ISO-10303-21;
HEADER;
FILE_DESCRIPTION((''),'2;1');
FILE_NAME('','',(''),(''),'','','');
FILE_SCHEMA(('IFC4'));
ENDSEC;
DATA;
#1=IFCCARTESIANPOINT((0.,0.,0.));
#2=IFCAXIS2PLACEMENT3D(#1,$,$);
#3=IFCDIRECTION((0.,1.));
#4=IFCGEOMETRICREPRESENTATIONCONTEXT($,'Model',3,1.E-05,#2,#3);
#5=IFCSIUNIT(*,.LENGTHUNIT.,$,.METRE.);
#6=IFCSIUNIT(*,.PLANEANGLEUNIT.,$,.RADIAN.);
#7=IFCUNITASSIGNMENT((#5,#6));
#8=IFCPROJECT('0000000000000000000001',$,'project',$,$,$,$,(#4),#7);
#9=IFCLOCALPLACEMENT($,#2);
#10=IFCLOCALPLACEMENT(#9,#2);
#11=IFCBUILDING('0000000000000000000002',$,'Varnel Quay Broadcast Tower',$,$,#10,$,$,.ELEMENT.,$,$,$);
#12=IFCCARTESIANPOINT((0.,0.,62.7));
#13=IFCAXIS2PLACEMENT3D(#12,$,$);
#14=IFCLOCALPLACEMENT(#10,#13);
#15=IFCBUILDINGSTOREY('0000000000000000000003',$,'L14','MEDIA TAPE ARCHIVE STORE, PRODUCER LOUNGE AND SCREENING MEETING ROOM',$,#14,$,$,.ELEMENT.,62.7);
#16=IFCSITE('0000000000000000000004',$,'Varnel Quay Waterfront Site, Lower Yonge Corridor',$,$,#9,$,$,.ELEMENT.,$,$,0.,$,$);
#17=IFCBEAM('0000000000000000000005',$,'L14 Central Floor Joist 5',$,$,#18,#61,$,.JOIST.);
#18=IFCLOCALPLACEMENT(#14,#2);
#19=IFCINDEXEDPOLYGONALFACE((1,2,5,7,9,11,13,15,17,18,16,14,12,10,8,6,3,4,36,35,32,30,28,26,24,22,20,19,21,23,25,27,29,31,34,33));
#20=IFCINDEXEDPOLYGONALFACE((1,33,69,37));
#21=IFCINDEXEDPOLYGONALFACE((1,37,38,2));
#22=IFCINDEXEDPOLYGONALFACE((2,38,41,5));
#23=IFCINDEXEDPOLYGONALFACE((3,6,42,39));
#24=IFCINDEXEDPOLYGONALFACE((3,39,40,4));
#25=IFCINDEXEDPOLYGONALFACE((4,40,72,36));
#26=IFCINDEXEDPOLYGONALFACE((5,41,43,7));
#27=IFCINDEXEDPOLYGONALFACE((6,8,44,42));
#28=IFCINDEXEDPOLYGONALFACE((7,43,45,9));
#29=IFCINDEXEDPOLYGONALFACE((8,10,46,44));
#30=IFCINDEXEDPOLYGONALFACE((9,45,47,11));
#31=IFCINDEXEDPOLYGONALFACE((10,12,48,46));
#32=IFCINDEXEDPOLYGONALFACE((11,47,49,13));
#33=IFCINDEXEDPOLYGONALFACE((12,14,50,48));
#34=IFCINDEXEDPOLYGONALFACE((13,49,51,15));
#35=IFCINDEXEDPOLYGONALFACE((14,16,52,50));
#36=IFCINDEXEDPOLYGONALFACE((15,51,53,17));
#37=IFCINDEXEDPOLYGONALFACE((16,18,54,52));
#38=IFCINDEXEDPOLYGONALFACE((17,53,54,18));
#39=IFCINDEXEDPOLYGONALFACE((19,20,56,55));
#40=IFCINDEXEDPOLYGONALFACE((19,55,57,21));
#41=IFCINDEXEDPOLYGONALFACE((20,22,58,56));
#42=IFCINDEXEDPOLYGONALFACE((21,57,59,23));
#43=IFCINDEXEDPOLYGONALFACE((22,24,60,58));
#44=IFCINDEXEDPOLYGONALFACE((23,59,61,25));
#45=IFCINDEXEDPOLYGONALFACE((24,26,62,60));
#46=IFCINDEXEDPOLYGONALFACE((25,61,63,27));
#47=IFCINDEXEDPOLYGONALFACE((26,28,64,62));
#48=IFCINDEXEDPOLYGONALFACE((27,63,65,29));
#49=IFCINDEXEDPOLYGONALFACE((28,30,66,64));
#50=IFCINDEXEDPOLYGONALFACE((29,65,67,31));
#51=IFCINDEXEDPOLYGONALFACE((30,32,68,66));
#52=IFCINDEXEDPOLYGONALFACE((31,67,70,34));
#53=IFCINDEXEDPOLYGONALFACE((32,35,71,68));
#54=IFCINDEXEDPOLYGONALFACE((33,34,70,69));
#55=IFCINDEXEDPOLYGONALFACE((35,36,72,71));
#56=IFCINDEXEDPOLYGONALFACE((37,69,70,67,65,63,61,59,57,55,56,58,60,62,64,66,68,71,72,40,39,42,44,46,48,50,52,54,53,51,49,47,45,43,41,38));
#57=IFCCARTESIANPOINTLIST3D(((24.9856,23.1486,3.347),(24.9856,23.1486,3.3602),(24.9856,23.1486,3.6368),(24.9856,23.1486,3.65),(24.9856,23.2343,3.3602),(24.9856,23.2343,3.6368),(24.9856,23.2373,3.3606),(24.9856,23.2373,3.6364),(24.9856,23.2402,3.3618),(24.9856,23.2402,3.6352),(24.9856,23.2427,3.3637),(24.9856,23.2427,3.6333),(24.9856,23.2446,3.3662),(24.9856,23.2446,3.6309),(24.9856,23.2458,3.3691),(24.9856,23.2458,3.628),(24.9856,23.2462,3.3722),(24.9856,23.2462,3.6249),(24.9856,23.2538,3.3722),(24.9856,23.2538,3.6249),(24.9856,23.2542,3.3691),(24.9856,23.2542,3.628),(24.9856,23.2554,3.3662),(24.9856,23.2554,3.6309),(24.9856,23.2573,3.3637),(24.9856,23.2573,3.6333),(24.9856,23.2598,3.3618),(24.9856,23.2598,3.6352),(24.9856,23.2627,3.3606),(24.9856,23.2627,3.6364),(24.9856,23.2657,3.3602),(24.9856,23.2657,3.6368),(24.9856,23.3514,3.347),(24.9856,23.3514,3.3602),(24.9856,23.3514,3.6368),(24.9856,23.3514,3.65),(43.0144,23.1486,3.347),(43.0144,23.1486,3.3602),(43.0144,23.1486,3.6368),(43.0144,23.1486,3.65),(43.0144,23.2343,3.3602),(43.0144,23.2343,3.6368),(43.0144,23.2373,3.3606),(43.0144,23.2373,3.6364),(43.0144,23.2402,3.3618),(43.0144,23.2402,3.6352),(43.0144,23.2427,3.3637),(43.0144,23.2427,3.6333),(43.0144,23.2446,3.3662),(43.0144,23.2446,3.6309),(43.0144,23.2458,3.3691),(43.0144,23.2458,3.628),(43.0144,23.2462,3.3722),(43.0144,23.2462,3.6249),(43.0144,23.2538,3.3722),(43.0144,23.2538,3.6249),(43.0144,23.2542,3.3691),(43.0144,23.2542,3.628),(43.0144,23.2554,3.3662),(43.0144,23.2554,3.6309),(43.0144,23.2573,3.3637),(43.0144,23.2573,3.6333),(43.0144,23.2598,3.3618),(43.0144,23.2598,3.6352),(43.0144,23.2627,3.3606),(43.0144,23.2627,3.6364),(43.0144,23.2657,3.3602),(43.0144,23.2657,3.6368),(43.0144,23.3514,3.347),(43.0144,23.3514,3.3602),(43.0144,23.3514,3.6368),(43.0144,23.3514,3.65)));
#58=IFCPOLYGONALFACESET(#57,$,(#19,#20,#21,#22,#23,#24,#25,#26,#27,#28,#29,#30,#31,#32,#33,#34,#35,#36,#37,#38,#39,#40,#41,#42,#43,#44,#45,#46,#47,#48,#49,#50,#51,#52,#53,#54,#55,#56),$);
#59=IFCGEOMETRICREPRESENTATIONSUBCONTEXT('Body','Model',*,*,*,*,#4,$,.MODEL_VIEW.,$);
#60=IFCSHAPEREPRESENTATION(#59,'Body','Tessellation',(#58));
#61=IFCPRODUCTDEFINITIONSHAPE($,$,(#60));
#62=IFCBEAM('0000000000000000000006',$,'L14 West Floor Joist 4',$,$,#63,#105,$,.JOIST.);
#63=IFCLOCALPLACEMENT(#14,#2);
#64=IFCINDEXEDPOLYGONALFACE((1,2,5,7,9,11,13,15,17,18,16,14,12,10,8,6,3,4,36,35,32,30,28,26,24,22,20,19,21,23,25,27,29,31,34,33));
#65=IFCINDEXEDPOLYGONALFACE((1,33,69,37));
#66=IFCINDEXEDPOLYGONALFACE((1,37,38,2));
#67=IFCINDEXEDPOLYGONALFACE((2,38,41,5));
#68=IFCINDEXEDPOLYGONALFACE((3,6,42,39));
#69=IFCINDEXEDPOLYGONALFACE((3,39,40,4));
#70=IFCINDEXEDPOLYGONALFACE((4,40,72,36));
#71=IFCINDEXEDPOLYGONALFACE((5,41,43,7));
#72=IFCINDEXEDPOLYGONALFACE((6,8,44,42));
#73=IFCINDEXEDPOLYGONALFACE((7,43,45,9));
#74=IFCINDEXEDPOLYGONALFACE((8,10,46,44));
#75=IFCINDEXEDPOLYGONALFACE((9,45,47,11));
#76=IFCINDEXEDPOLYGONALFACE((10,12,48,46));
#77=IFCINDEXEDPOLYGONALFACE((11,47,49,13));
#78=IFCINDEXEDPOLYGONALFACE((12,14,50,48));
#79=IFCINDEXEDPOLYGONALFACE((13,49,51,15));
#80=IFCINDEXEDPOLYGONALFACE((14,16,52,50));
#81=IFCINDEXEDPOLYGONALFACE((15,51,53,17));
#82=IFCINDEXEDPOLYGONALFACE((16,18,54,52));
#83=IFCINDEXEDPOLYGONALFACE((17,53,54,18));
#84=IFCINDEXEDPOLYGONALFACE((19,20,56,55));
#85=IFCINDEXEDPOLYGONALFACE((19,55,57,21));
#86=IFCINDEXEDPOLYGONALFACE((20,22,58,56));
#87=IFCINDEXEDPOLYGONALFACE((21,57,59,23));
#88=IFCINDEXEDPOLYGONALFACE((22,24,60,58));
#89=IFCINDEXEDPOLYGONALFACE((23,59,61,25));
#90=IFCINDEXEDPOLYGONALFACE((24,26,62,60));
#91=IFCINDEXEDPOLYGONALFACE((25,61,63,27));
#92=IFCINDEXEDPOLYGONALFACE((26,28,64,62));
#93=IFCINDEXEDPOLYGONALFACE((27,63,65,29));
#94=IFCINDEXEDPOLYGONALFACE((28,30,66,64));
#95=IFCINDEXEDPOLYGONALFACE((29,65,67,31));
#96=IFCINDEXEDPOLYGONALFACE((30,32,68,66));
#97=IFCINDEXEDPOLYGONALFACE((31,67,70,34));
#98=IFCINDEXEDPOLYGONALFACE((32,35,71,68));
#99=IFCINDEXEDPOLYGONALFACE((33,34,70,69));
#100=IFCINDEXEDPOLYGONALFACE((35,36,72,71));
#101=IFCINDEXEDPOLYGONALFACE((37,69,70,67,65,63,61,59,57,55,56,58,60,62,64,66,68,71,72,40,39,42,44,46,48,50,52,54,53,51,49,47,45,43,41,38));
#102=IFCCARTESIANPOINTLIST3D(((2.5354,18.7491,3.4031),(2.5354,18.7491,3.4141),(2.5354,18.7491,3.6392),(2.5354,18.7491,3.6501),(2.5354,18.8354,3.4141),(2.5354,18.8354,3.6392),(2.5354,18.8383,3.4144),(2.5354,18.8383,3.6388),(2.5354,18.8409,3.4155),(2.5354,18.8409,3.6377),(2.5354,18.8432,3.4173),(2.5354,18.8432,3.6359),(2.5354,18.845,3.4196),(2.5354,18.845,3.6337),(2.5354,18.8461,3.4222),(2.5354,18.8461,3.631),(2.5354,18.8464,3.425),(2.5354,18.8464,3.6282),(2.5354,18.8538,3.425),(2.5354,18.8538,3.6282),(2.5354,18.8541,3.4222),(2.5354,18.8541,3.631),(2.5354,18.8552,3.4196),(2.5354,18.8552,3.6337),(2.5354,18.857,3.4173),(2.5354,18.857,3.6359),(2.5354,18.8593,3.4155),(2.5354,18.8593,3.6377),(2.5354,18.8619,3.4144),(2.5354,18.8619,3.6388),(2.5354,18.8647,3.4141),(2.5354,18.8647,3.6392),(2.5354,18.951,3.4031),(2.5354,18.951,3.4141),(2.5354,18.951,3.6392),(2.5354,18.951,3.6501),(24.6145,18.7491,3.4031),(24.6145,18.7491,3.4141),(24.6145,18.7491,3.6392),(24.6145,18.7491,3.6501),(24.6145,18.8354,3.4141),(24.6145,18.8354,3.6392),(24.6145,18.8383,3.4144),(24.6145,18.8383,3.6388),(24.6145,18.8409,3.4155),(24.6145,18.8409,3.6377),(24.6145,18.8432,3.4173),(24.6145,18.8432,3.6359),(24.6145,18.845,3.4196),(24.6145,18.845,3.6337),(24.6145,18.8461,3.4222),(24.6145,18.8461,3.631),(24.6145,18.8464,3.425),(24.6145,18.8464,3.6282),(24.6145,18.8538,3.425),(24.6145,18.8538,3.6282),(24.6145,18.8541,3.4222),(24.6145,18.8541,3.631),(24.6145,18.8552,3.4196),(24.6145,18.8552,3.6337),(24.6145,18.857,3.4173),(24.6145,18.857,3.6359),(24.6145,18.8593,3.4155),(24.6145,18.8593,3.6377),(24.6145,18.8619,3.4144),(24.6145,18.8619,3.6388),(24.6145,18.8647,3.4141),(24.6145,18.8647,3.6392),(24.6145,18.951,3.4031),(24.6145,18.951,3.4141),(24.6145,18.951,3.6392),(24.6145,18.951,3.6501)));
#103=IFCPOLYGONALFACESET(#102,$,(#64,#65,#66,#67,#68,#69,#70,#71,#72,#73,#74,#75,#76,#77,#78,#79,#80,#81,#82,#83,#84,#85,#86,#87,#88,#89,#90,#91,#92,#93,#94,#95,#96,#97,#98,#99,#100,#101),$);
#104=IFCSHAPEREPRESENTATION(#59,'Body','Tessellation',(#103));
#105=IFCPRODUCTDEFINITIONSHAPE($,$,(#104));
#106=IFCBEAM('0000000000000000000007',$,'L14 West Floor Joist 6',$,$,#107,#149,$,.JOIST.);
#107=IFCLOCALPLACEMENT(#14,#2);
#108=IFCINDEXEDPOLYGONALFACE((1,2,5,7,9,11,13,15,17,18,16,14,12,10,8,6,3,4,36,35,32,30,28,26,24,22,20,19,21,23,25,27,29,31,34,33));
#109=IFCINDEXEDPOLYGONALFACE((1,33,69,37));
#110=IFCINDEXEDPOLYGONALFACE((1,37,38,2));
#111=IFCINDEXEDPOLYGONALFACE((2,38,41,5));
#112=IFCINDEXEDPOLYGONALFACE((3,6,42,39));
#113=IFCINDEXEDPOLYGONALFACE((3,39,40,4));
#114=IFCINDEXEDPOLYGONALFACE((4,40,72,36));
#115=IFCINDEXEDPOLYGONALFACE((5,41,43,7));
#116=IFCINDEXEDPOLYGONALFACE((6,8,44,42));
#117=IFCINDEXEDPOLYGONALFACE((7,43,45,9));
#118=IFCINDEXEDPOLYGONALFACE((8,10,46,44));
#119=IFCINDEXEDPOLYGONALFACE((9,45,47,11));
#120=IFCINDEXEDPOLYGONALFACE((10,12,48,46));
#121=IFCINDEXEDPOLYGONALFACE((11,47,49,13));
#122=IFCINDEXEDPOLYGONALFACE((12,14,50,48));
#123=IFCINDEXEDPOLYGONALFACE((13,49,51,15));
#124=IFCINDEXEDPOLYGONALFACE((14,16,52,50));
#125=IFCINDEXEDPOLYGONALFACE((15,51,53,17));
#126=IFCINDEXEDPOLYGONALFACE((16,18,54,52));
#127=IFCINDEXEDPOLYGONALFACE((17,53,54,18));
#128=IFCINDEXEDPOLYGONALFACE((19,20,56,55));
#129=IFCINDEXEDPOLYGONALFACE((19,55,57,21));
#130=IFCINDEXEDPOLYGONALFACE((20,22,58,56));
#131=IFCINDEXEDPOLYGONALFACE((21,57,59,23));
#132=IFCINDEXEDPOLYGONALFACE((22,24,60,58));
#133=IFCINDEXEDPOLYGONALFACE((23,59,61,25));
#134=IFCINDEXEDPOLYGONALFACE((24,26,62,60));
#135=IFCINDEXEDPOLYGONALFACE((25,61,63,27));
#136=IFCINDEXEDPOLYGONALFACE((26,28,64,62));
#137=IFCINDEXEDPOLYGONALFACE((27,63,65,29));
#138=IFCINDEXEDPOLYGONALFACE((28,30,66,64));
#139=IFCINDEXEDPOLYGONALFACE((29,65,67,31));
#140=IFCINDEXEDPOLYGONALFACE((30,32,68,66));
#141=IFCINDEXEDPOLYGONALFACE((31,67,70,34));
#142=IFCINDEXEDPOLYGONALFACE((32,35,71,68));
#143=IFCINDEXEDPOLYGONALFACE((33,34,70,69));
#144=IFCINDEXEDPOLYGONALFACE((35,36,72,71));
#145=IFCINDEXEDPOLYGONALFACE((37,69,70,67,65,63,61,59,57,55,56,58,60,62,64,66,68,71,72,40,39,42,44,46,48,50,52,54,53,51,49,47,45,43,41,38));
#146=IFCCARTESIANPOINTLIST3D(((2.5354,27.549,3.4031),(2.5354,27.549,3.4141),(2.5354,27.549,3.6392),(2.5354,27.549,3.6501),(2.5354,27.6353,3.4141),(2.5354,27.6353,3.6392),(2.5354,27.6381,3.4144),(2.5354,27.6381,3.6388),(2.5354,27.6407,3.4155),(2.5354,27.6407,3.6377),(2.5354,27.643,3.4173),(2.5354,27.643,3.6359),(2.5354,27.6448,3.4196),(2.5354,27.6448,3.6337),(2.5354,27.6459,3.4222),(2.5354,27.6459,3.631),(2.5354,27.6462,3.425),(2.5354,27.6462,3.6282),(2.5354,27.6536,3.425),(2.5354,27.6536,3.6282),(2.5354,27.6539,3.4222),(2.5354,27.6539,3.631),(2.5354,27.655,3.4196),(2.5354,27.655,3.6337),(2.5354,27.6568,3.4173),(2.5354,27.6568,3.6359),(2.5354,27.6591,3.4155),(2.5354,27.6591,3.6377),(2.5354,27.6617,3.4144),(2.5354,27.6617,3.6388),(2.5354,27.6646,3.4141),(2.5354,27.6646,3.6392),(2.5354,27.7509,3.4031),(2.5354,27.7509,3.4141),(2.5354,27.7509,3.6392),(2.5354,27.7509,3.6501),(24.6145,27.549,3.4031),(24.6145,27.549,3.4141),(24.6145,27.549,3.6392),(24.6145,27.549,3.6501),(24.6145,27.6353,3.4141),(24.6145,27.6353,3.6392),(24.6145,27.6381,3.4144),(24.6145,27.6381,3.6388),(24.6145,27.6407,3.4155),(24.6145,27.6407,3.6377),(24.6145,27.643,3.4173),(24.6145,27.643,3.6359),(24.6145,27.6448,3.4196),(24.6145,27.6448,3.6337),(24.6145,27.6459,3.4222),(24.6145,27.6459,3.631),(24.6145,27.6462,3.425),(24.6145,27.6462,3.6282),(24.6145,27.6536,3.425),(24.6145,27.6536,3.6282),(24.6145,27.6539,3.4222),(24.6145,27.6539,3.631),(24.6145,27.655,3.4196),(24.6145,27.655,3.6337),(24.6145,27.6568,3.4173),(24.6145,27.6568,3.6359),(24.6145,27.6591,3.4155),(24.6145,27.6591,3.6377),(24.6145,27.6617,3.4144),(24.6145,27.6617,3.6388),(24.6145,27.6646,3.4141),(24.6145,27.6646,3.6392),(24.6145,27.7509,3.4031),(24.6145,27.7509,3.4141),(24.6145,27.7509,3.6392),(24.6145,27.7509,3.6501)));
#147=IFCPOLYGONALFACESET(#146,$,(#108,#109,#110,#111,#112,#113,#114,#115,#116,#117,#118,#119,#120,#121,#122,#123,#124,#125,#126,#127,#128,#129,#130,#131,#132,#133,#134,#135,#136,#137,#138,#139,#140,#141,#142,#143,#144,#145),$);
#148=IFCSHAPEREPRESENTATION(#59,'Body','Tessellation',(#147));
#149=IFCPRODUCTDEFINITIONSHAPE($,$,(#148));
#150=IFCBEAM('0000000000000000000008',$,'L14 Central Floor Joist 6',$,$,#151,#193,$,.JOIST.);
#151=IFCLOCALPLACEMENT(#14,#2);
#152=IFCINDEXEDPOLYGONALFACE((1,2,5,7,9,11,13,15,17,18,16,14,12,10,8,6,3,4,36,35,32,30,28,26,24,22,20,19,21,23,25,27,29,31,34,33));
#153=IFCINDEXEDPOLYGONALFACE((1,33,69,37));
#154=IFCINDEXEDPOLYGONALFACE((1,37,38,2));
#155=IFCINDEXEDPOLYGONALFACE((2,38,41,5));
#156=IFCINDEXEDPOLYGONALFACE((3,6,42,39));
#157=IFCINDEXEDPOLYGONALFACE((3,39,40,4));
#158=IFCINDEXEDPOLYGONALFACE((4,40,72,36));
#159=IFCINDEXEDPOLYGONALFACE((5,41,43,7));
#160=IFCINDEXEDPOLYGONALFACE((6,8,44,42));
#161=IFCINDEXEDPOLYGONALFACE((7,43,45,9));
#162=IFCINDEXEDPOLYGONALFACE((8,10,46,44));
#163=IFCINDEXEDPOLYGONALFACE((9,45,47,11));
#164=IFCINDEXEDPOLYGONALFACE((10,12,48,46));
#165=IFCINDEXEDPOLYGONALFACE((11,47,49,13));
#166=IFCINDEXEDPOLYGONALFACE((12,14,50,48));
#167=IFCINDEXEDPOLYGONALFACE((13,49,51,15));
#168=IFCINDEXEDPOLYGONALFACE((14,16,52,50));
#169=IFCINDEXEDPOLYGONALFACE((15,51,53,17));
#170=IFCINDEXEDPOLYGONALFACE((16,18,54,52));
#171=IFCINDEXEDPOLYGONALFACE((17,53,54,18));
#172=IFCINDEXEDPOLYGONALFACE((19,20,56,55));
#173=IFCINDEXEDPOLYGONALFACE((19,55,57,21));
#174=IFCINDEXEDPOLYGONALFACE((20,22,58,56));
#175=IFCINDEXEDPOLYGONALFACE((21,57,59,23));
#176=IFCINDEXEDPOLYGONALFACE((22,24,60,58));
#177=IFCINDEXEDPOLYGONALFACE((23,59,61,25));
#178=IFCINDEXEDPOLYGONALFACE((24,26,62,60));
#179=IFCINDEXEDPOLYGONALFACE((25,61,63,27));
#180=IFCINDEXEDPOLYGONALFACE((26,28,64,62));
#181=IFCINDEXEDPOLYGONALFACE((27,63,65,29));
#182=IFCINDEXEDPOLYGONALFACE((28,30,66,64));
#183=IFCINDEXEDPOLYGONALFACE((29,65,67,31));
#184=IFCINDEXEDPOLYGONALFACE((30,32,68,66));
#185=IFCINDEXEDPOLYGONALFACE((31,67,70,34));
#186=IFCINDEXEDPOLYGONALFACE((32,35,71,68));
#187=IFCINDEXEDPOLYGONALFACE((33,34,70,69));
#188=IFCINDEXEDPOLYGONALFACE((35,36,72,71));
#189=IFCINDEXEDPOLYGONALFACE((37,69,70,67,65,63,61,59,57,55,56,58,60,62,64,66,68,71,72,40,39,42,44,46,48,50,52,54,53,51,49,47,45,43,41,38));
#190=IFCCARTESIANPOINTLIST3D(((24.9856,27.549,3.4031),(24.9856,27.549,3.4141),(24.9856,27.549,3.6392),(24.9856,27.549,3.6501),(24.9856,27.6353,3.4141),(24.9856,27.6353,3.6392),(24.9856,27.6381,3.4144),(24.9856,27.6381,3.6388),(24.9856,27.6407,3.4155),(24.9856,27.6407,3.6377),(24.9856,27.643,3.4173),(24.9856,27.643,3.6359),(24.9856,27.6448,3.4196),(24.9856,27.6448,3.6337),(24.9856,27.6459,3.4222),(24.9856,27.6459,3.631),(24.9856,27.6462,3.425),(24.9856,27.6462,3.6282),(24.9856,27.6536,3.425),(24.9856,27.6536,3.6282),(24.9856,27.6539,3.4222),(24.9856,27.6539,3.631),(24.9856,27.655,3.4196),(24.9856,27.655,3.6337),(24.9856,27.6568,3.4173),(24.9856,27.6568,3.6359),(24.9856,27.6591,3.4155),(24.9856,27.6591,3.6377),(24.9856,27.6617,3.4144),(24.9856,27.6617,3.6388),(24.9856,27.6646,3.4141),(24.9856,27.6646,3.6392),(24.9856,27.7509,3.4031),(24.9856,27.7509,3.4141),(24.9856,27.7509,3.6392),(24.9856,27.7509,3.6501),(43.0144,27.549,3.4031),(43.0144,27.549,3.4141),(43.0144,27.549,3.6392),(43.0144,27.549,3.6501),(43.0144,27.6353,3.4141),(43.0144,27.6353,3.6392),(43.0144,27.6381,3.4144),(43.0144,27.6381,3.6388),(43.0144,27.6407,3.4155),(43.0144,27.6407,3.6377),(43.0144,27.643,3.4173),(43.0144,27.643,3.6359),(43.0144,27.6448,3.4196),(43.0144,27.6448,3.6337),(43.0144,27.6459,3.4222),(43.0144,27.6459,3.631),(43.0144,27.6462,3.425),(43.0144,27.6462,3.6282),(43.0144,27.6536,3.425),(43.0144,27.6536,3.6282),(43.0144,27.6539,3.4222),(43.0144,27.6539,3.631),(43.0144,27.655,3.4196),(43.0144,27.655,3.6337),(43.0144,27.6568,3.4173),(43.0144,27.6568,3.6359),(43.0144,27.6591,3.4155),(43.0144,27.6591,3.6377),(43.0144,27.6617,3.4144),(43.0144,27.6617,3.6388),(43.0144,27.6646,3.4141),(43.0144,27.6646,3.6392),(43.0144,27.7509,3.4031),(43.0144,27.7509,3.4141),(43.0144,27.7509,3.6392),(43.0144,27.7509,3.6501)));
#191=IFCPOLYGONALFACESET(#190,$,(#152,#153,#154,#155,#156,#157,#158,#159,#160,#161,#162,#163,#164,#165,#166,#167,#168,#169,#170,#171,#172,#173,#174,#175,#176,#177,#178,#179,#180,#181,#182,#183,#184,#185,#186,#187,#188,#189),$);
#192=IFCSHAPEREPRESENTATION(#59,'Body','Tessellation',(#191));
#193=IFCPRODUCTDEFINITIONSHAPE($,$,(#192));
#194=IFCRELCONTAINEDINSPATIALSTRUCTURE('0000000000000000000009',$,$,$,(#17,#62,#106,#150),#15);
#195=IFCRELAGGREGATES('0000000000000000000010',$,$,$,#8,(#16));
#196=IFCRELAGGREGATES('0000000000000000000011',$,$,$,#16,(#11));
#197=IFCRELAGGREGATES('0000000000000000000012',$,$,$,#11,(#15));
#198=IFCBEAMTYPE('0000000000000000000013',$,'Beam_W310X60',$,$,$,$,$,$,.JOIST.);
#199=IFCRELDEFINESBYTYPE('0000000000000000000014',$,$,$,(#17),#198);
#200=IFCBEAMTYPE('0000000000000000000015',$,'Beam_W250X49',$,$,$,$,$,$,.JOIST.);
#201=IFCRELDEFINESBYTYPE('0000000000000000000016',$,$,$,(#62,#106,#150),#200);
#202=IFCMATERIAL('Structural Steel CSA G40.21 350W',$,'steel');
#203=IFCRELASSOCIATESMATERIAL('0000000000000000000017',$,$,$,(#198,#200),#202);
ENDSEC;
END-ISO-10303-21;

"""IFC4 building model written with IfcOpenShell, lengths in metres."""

from ifc_helpers import new_model, si_unit, direction, frame, origin, origin_2d, place, context, subcontext, project, spatial, i_section, extrude, source, transform, mapped, material, material_profile, profile_set, type_object, type_shapes, element, save


model = new_model("IFC4")

# Units and contexts
model_context = context("Model", 3, precision=1e-05, world=origin(), true_north=direction((0.0, 1.0)))
body_context = subcontext(model_context, "Body", "Model", "MODEL_VIEW")
ifc_project = project(units=[si_unit("LENGTHUNIT", "METRE"), si_unit("PLANEANGLEUNIT", "RADIAN")], contexts=[model_context])

# Site, building, storey
site_placement = place(None, origin())
site = spatial("IfcSite", under=ifc_project, at=site_placement, Name="Varnel Quay Waterfront Site, Lower Yonge Corridor", CompositionType="ELEMENT", RefElevation=0.0)
building_placement = place(site_placement, origin())
building = spatial("IfcBuilding", under=site, at=building_placement, Name="Varnel Quay Broadcast Tower", CompositionType="ELEMENT")
storey_placement = place(building_placement, frame((0.0, 0.0, 62.7)))
storey = spatial("IfcBuildingStorey", under=building, at=storey_placement, Name="L14", Description="MEDIA TAPE ARCHIVE STORE, PRODUCER LOUNGE AND SCREENING MEETING ROOM", CompositionType="ELEMENT", Elevation=62.7)

# Shared definitions
ifc_material_1 = material(Name="Structural Steel CSA G40.21 350W", Category="steel")

# Beams
ifc_material_profile_1 = material_profile(ifc_material_1, i_section(OverallWidth=0.2029, OverallDepth=0.303, WebThickness=0.0076, FlangeThickness=0.0132, FilletRadius=0.012, at=origin_2d()), Name="W310X60")
ifc_profile_set_1 = profile_set([ifc_material_profile_1], Name="Structural Steel CSA G40.21 350W")
beam_type_1 = type_object("IfcBeamType", Name="Beam_W310X60", PredefinedType="JOIST", material=ifc_profile_set_1)
shared_shape_1 = source(origin(), body_context, "Body", "SweptSolid", [
    extrude(i_section(OverallWidth=0.2029, OverallDepth=0.303, WebThickness=0.0076, FlangeThickness=0.0132, FilletRadius=0.012, at=origin_2d()), origin(), (0.0, 0.0, 1.0), 18.0288),
])
beam_1_placement = place(storey_placement, frame((24.9856, 23.25, 3.4985), z_axis=(1.0, 0.0, 0.0), x_axis=(0.0, 1.0, 0.0)))
element("IfcBeam", 1, at=beam_1_placement, inside=storey, type_object=beam_type_1, Name="L14 Central Floor Joist 5", PredefinedType="JOIST", context=body_context, shape_type="MappedRepresentation", body=[
    mapped(shared_shape_1, transform((0.0, 0.0, 0.0), x_axis=(1.0, 0.0, 0.0), y_axis=(0.0, 1.0, 0.0), z_axis=(0.0, 0.0, 1.0), scale=1.0)),
])
ifc_material_profile_2 = material_profile(ifc_material_1, i_section(OverallWidth=0.2019, OverallDepth=0.2471, WebThickness=0.0073, FlangeThickness=0.011, FilletRadius=0.011, at=origin_2d()), Name="W250X49")
ifc_profile_set_2 = profile_set([ifc_material_profile_2], Name="Structural Steel CSA G40.21 350W")
beam_type_2 = type_object("IfcBeamType", Name="Beam_W250X49", PredefinedType="JOIST", material=ifc_profile_set_2)
shared_shape_2 = source(origin(), body_context, "Body", "SweptSolid", [
    extrude(i_section(OverallWidth=0.2019, OverallDepth=0.2471, WebThickness=0.0073, FlangeThickness=0.011, FilletRadius=0.011, at=origin_2d()), origin(), (0.0, 0.0, 1.0), 22.0791),
])
for number, where, z_axis, x_axis, name in (
    (2, (2.5354, 18.8501, 3.5266), (1.0, 0.0, 0.0), (0.0, 1.0, 0.0), "L14 West Floor Joist 4"),
    (3, (2.5354, 27.6499, 3.5266), (1.0, 0.0, 0.0), (0.0, 1.0, 0.0), "L14 West Floor Joist 6"),
):
    element("IfcBeam", number, at=place(storey_placement, frame(where, z_axis=z_axis, x_axis=x_axis)), inside=storey, type_object=beam_type_2, Name=name, PredefinedType="JOIST", context=body_context, shape_type="MappedRepresentation", body=[
        mapped(shared_shape_2, transform((0.0, 0.0, 0.0), x_axis=(1.0, 0.0, 0.0), y_axis=(0.0, 1.0, 0.0), z_axis=(0.0, 0.0, 1.0), scale=1.0)),
    ])
shared_shape_3 = source(origin(), body_context, "Body", "SweptSolid", [
    extrude(i_section(OverallWidth=0.2019, OverallDepth=0.2471, WebThickness=0.0073, FlangeThickness=0.011, FilletRadius=0.011, at=origin_2d()), origin(), (0.0, 0.0, 1.0), 18.0288),
])
type_shapes(beam_type_2, [shared_shape_2, shared_shape_3])
beam_2_placement = place(storey_placement, frame((24.9856, 27.6499, 3.5266), z_axis=(1.0, 0.0, 0.0), x_axis=(0.0, 1.0, 0.0)))
element("IfcBeam", 4, at=beam_2_placement, inside=storey, type_object=beam_type_2, Name="L14 Central Floor Joist 6", PredefinedType="JOIST", context=body_context, shape_type="MappedRepresentation", body=[
    mapped(shared_shape_3, transform((0.0, 0.0, 0.0), x_axis=(1.0, 0.0, 0.0), y_axis=(0.0, 1.0, 0.0), z_axis=(0.0, 0.0, 1.0), scale=1.0)),
])

save(model, "model.ifc")
